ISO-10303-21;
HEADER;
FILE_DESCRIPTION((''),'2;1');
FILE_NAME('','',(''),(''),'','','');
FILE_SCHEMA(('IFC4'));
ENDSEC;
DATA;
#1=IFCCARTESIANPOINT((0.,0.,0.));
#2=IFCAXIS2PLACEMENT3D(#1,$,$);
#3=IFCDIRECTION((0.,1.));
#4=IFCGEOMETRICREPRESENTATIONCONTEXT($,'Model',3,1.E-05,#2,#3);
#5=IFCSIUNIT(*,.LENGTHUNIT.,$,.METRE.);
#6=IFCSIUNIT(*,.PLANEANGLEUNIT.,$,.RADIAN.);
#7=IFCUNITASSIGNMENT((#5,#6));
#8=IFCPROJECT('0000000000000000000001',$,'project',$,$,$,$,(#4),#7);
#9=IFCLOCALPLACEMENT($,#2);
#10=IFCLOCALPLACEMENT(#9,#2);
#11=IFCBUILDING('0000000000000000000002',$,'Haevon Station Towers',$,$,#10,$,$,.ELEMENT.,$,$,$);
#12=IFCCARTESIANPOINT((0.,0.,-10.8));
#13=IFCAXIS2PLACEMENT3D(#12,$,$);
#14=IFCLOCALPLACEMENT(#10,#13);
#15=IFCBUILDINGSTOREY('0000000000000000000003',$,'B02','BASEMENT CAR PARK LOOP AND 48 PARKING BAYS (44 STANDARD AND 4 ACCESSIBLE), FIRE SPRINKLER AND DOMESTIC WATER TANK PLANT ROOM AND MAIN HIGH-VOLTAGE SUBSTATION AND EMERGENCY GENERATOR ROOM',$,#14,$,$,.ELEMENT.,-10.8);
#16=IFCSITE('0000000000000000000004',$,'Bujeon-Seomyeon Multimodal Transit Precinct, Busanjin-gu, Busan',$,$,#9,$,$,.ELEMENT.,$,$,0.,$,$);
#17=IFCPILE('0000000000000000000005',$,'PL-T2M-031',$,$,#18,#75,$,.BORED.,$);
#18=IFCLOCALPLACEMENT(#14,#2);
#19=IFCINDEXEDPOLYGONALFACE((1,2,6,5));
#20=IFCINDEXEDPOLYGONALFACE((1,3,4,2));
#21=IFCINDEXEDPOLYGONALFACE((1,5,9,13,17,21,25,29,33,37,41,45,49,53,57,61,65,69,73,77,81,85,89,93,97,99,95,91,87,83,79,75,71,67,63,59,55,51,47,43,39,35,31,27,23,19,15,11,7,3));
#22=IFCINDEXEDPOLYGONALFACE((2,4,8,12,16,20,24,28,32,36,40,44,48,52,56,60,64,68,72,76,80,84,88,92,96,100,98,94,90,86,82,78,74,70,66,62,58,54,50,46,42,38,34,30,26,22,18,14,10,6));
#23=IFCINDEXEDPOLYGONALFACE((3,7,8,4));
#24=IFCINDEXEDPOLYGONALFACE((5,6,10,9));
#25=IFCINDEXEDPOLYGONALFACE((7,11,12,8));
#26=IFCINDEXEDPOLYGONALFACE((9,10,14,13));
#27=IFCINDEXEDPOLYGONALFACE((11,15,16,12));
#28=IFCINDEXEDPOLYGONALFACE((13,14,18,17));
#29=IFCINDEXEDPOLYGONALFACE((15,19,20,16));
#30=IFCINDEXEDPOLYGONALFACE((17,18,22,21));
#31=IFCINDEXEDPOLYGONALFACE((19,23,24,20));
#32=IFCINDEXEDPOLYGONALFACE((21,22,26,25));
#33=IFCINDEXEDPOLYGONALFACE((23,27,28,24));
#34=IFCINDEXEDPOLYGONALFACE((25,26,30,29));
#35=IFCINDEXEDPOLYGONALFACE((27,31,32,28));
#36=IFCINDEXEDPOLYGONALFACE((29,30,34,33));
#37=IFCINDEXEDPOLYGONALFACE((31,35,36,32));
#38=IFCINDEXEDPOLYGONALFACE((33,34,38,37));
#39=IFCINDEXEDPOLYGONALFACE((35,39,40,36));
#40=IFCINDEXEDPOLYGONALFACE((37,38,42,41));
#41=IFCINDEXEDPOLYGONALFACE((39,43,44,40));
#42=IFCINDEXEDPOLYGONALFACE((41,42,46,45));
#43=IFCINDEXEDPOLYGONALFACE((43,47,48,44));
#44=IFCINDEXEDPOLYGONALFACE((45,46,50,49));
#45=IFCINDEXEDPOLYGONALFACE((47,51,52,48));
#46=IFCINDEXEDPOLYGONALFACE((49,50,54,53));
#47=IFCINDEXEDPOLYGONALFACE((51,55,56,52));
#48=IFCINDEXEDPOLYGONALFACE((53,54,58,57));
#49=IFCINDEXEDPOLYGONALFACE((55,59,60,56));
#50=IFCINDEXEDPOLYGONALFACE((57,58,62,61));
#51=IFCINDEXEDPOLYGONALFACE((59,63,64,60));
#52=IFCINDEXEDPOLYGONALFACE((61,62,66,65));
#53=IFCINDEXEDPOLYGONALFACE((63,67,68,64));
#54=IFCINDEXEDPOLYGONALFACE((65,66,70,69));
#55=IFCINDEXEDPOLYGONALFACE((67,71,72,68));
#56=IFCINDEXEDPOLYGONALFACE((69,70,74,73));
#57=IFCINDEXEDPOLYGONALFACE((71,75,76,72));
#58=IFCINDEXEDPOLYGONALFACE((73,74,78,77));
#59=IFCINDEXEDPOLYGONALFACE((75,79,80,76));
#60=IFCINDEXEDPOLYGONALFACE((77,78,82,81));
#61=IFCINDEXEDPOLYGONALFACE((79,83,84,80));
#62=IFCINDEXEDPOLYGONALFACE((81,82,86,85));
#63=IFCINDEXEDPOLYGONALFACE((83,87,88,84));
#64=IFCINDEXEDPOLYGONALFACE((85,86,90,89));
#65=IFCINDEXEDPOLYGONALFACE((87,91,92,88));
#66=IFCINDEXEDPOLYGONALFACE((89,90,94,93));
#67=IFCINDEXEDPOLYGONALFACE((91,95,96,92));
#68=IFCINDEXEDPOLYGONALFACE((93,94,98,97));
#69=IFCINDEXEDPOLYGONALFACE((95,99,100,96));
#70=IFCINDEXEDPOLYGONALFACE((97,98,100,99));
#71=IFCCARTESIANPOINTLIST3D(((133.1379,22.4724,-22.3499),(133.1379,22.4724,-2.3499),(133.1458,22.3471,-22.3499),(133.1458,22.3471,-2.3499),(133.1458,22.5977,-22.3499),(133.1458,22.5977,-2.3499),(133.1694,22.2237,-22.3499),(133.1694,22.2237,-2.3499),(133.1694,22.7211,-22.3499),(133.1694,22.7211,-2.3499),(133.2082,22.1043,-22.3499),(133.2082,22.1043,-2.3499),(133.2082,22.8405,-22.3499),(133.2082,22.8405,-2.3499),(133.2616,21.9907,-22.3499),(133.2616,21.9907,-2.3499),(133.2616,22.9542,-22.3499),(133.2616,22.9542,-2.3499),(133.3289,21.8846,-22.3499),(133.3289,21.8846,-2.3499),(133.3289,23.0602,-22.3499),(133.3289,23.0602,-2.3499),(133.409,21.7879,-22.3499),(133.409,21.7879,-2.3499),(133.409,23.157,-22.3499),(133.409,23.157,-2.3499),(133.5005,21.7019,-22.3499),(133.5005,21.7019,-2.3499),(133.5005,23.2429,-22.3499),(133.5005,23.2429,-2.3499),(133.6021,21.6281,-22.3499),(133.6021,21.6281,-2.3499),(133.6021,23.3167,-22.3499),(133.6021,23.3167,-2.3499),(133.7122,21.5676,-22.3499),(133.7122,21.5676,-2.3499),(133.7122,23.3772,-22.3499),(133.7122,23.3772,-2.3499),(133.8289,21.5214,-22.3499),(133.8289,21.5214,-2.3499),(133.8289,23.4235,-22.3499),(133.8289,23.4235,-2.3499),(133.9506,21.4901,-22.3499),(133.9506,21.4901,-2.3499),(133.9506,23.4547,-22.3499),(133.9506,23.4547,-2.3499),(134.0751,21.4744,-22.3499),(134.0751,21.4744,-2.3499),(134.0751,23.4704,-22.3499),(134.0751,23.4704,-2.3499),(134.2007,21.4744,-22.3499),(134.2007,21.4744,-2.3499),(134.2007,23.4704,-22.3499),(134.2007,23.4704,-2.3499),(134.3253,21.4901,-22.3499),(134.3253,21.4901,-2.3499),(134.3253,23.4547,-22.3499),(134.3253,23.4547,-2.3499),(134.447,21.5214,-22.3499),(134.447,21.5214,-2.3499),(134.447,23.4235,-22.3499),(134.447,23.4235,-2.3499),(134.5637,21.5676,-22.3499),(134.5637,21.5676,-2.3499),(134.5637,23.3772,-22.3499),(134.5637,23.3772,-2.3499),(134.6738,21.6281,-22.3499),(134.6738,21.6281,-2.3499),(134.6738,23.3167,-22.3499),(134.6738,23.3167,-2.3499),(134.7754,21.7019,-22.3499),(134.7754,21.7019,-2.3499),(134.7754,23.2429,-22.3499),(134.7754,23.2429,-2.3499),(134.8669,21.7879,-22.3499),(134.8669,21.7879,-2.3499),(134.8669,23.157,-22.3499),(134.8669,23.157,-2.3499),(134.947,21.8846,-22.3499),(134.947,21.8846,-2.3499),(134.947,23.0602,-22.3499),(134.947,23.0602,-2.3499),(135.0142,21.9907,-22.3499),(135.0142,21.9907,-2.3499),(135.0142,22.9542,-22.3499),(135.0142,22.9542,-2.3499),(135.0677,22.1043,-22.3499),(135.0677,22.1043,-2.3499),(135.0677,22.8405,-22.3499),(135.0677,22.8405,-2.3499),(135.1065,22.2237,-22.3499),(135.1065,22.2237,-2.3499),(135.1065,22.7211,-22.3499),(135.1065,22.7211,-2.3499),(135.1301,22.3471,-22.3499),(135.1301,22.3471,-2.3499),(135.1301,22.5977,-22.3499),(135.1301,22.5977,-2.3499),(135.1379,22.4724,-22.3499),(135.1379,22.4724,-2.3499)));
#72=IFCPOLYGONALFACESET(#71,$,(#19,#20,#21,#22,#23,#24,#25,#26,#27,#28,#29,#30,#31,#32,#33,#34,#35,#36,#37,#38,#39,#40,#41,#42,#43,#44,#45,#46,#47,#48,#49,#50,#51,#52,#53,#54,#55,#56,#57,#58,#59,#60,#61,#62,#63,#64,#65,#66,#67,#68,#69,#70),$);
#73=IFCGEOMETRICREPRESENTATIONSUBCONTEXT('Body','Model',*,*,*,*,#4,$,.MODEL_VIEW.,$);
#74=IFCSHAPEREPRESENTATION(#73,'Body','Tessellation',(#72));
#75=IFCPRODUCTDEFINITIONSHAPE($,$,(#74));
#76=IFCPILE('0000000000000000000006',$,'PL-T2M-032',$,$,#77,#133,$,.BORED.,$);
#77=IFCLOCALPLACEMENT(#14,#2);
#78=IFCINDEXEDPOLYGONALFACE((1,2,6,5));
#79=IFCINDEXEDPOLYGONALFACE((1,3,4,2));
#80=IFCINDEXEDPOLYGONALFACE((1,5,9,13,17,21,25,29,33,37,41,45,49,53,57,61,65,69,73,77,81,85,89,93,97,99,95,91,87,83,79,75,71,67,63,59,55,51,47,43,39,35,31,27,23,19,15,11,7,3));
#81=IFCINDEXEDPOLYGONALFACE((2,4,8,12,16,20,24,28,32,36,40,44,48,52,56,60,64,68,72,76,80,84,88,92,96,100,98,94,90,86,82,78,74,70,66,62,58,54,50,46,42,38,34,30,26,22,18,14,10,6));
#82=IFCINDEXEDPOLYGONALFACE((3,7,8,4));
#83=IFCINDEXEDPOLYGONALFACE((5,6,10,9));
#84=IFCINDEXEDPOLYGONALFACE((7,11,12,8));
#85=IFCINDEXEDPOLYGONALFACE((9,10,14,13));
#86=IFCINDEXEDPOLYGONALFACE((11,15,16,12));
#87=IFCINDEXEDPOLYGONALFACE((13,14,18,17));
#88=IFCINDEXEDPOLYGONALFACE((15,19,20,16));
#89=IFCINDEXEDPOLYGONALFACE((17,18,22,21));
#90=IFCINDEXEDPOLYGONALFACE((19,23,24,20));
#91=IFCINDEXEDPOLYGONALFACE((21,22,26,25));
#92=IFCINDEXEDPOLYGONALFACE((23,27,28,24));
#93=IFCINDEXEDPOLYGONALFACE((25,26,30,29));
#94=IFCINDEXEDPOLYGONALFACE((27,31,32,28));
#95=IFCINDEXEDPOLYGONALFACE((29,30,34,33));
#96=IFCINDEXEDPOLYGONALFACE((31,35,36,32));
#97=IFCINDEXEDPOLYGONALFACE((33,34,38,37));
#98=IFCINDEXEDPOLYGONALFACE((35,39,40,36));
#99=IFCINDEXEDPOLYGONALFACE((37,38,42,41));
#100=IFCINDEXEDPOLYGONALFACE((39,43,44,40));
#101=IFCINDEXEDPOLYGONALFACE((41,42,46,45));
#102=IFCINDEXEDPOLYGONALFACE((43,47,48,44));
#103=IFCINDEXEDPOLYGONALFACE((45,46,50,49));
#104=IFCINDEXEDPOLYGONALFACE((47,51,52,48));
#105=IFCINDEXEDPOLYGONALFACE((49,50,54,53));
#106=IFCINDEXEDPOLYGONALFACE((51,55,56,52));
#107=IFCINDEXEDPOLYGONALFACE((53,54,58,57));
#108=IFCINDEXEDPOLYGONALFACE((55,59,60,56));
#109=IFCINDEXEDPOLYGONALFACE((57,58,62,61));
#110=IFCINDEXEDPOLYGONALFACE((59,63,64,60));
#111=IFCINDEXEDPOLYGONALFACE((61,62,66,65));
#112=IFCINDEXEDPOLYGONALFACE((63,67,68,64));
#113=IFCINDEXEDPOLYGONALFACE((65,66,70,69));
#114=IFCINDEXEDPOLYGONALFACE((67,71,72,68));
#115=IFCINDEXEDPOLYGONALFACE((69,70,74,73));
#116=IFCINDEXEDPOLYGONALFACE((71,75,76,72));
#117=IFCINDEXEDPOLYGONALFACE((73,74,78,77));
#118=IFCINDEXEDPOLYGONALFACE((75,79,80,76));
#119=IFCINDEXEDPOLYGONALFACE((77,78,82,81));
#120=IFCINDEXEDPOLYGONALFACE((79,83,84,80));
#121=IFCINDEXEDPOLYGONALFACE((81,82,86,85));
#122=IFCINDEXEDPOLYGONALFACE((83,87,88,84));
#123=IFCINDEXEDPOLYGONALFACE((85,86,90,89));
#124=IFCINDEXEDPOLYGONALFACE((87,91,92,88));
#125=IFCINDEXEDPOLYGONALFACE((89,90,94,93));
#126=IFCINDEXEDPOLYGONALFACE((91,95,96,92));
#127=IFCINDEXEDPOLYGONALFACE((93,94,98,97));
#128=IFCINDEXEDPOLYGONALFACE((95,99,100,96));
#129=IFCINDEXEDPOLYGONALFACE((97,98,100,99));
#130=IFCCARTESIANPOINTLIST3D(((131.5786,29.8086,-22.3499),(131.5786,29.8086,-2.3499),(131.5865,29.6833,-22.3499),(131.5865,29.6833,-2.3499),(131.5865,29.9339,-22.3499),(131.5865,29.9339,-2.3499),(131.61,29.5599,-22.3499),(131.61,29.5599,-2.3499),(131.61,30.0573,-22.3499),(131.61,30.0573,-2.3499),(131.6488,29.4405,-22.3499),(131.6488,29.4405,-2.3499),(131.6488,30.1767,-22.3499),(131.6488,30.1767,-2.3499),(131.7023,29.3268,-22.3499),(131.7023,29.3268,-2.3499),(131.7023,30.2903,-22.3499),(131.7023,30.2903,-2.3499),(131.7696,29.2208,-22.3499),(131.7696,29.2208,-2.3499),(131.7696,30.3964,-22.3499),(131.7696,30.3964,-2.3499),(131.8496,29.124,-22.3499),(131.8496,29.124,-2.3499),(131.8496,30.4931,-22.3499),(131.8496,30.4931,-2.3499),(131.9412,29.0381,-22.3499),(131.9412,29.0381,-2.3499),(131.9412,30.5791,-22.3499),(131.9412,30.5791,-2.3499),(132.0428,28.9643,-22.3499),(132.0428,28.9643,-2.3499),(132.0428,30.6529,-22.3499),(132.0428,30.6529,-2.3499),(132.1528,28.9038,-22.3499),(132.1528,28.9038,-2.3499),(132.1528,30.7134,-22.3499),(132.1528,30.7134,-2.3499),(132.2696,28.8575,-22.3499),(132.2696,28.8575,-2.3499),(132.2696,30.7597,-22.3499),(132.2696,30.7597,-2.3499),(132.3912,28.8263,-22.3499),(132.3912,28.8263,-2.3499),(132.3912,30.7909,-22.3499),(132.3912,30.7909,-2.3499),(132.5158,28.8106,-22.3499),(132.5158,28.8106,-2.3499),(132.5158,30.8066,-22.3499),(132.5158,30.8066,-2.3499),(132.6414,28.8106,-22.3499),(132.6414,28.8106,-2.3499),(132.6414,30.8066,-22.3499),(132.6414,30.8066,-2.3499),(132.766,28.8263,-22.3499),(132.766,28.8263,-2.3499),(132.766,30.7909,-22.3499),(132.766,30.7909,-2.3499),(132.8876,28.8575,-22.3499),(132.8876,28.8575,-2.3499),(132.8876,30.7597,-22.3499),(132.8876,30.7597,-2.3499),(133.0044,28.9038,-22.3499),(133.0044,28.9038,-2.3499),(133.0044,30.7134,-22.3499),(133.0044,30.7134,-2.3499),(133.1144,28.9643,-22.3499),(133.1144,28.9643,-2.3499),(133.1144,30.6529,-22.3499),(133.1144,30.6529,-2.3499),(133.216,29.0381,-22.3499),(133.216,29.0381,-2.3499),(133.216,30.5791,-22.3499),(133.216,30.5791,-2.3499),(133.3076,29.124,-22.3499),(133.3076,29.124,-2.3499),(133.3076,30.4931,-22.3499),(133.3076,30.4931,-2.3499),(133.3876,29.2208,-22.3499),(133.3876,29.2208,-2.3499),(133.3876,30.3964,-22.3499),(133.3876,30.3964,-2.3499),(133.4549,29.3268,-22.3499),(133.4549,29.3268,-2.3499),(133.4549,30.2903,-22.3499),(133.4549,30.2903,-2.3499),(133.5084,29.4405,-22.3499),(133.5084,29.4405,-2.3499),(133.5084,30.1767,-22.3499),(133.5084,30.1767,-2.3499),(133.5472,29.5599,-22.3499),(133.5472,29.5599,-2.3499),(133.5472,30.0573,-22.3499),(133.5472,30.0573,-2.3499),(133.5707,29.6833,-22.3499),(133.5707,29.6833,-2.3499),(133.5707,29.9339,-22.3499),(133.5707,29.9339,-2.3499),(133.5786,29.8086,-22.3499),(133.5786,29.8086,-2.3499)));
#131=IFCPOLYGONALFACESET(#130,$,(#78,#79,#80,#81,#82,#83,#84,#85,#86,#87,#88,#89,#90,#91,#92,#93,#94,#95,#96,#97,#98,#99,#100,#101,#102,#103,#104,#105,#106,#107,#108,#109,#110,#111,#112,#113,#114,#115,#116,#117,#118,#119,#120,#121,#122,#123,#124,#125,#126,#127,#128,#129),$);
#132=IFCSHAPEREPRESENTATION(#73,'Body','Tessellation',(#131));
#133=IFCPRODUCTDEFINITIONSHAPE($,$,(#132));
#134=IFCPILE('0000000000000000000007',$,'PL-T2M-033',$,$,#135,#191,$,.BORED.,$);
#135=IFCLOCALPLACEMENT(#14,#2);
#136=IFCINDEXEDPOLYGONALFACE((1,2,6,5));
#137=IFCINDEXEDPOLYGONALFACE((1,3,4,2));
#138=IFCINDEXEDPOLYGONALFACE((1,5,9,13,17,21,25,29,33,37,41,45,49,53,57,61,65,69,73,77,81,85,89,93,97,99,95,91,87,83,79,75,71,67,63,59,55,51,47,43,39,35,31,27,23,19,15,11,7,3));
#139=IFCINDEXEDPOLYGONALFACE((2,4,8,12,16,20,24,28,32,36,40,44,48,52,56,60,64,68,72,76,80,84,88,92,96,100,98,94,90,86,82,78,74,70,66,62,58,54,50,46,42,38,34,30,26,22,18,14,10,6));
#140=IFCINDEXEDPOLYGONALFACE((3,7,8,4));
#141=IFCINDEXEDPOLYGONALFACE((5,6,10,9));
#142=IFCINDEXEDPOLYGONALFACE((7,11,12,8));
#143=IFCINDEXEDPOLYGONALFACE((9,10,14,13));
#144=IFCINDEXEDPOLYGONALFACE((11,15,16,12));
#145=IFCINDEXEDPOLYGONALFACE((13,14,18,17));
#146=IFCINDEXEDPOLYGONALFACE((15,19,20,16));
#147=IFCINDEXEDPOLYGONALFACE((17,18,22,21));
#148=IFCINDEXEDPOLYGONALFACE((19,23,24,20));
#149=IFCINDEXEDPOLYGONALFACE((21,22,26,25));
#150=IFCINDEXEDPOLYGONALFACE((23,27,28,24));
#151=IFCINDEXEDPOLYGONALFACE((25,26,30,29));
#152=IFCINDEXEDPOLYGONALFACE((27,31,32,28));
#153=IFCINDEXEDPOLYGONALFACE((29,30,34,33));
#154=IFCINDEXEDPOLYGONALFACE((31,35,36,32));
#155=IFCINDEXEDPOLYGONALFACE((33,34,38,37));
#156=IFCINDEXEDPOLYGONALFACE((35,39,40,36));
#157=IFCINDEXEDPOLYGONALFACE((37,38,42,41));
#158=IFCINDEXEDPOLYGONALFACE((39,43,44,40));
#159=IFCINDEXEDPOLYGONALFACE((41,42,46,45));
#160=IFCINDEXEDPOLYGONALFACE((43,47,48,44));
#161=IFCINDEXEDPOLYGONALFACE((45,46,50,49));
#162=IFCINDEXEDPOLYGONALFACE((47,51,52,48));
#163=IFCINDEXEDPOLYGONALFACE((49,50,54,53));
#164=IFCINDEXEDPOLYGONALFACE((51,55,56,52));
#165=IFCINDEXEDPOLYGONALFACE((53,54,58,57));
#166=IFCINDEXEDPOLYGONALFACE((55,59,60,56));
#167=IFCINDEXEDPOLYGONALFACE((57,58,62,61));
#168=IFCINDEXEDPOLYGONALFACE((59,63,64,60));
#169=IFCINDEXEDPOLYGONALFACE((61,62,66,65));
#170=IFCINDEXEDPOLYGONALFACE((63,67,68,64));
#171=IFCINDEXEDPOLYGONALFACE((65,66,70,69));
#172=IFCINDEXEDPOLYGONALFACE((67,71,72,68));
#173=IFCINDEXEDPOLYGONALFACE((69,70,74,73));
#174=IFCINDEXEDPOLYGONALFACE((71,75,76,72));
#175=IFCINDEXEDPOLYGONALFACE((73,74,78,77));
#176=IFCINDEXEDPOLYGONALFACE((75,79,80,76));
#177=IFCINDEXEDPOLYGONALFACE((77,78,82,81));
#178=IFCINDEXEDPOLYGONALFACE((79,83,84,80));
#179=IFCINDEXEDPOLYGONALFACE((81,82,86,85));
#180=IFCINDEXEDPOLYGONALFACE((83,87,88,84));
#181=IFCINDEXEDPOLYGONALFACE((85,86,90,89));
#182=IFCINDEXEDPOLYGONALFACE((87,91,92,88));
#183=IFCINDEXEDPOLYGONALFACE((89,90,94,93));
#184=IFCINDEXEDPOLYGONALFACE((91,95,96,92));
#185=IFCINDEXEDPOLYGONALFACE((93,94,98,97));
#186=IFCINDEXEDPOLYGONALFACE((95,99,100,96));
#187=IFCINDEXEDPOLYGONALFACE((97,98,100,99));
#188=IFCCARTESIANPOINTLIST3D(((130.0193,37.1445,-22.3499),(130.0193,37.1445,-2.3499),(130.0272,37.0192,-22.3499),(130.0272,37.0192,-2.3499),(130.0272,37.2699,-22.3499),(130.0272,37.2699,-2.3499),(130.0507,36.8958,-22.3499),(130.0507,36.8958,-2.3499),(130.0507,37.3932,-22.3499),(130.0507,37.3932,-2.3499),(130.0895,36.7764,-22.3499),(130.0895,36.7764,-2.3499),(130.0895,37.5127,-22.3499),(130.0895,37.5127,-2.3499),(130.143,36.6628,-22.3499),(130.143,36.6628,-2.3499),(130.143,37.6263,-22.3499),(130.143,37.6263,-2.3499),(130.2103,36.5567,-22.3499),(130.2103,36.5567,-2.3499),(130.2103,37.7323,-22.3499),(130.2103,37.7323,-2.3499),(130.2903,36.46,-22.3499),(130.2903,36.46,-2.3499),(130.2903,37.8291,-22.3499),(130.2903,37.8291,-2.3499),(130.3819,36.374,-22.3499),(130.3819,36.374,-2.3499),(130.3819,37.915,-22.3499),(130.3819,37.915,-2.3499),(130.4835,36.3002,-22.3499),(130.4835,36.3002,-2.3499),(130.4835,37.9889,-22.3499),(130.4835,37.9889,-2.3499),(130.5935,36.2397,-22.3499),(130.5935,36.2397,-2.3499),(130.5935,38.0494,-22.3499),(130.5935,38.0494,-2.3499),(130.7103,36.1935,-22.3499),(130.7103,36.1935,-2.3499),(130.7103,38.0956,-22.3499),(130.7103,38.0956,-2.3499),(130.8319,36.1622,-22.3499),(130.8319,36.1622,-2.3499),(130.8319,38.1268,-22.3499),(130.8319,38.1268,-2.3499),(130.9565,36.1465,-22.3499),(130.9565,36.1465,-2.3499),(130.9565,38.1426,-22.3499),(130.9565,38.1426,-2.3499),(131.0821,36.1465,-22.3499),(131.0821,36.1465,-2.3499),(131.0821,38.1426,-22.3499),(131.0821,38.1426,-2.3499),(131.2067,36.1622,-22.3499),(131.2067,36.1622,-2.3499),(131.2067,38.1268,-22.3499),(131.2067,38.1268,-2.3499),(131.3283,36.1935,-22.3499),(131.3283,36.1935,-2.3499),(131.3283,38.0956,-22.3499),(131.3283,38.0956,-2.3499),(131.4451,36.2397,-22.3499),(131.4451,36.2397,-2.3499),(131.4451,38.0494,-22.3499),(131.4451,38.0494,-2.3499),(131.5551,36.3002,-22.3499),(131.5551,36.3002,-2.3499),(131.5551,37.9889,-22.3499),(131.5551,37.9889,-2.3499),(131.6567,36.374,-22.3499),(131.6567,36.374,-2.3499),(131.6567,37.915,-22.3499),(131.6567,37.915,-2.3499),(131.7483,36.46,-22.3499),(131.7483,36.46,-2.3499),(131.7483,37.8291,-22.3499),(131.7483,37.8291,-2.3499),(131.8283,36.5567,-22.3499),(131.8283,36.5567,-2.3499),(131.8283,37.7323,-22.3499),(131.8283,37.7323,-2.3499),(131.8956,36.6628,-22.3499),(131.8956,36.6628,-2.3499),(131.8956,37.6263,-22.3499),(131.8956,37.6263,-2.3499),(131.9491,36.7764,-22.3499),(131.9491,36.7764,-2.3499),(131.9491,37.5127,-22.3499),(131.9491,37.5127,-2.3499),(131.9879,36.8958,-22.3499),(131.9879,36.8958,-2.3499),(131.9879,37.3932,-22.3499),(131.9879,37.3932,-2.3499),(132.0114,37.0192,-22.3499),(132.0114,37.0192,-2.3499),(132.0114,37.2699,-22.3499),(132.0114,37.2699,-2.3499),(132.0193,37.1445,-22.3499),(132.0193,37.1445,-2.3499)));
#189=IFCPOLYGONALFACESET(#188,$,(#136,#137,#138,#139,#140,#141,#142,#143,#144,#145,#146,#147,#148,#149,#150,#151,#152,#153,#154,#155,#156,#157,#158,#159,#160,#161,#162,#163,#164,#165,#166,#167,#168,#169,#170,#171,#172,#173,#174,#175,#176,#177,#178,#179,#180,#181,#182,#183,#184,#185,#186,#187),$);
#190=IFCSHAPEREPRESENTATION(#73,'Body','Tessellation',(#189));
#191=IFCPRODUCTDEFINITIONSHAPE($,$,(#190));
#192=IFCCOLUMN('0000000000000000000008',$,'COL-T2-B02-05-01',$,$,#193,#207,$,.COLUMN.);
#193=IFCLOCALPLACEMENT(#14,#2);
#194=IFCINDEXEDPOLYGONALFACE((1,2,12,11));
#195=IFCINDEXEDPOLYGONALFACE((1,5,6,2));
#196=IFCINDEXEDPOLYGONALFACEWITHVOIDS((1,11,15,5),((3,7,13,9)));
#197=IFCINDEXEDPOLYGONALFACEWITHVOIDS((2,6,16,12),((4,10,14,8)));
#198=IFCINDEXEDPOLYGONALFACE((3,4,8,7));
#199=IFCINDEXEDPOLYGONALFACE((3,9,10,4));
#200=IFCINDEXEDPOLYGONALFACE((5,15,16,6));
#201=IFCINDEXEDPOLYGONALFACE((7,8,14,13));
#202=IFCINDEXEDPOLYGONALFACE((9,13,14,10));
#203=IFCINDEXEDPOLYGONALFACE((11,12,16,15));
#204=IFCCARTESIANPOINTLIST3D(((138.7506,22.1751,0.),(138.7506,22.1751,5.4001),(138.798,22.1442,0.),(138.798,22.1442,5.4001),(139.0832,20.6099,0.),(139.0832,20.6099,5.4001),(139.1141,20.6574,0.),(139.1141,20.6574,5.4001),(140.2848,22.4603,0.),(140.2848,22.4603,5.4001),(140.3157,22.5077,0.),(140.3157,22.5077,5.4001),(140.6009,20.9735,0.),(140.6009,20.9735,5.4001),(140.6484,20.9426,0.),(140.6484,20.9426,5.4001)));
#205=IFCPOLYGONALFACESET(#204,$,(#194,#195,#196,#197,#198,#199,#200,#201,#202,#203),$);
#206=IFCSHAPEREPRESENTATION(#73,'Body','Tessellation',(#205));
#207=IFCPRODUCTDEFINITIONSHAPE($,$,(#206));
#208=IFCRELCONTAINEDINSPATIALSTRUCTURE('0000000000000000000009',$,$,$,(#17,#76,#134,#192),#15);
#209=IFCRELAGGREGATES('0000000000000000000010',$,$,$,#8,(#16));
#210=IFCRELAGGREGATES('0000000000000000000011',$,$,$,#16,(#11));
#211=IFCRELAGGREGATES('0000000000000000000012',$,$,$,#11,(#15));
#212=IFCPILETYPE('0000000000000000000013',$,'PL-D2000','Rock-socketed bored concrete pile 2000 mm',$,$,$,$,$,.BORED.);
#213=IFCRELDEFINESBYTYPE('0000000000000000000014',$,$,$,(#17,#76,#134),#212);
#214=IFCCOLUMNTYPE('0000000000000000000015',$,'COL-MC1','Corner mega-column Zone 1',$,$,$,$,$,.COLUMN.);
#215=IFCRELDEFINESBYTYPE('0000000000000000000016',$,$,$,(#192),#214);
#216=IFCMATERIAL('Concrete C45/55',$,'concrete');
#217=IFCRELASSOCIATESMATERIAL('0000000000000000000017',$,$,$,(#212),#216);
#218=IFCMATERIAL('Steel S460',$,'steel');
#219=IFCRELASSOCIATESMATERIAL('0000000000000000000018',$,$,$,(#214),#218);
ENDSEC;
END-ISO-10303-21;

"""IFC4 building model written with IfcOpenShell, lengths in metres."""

from ifc_helpers import new_model, si_unit, direction, frame, origin, origin_2d, place, context, subcontext, project, spatial, hollow_rectangle, circle, extrude, material, material_profile, profile_set, type_object, element, save


model = new_model("IFC4")

# Units and contexts
model_context = context("Model", 3, precision=1e-05, world=origin(), true_north=direction((0.0, 1.0)))
body_context = subcontext(model_context, "Body", "Model", "MODEL_VIEW")
ifc_project = project(units=[si_unit("LENGTHUNIT", "METRE"), si_unit("PLANEANGLEUNIT", "RADIAN")], contexts=[model_context])

# Site, building, storey
site_placement = place(None, origin())
site = spatial("IfcSite", under=ifc_project, at=site_placement, Name="Bujeon-Seomyeon Multimodal Transit Precinct, Busanjin-gu, Busan", CompositionType="ELEMENT", RefElevation=0.0)
building_placement = place(site_placement, origin())
building = spatial("IfcBuilding", under=site, at=building_placement, Name="Haevon Station Towers", CompositionType="ELEMENT")
storey_placement = place(building_placement, frame((0.0, 0.0, -10.8)))
storey = spatial("IfcBuildingStorey", under=building, at=storey_placement, Name="B02", Description="BASEMENT CAR PARK LOOP AND 48 PARKING BAYS (44 STANDARD AND 4 ACCESSIBLE), FIRE SPRINKLER AND DOMESTIC WATER TANK PLANT ROOM AND MAIN HIGH-VOLTAGE SUBSTATION AND EMERGENCY GENERATOR ROOM", CompositionType="ELEMENT", Elevation=-10.8)

# Piles
ifc_material_1 = material(Name="Concrete C45/55", Category="concrete")
ifc_material_profile_1 = material_profile(ifc_material_1, circle(Radius=1.0, at=origin_2d()), Name="PILE-D2000")
ifc_profile_set_1 = profile_set([ifc_material_profile_1], Name="Concrete C45/55")
pile_type = type_object("IfcPileType", Name="PL-D2000", Description="Rock-socketed bored concrete pile 2000 mm", PredefinedType="BORED", material=ifc_profile_set_1)
for number, where, z_axis, x_axis, name in (
    (1, (134.1379, 22.4724, -2.3499), (0.0, 0.0, -1.0), (1.0, 0.0, 0.0), "PL-T2M-031"),
    (2, (132.5786, 29.8086, -2.3499), (0.0, 0.0, -1.0), (1.0, 0.0, 0.0), "PL-T2M-032"),
    (3, (131.0193, 37.1445, -2.3499), (0.0, 0.0, -1.0), (1.0, 0.0, 0.0), "PL-T2M-033"),
):
    element("IfcPile", number, at=place(storey_placement, frame(where, z_axis=z_axis, x_axis=x_axis)), inside=storey, type_object=pile_type, Name=name, PredefinedType="BORED", context=body_context, shape_type="SweptSolid", body=[
        extrude(circle(Radius=1.0, at=origin_2d()), origin(), (0.0, 0.0, 1.0), 20.0),
    ])

# Column
ifc_material_2 = material(Name="Steel S460", Category="steel")
ifc_material_profile_2 = material_profile(ifc_material_2, hollow_rectangle(XDim=1.6001, YDim=1.6001, WallThickness=0.04, at=origin_2d()), Name="BOX-1600x1600x40")
ifc_profile_set_2 = profile_set([ifc_material_profile_2], Name="Steel S460")
column_type_1 = type_object("IfcColumnType", Name="COL-MC1", Description="Corner mega-column Zone 1", PredefinedType="COLUMN", material=ifc_profile_set_2)
column_placement = place(storey_placement, frame((139.6995, 21.5588, 0.0), z_axis=(0.0, 0.0, 1.0), x_axis=(0.978148, 0.207912, 0.0)))
element("IfcColumn", 4, at=column_placement, inside=storey, type_object=column_type_1, Name="COL-T2-B02-05-01", PredefinedType="COLUMN", context=body_context, shape_type="SweptSolid", body=[
    extrude(hollow_rectangle(XDim=1.6001, YDim=1.6001, WallThickness=0.04, at=origin_2d()), origin(), (0.0, 0.0, 1.0), 5.4001),
])

save(model, "model.ifc")
